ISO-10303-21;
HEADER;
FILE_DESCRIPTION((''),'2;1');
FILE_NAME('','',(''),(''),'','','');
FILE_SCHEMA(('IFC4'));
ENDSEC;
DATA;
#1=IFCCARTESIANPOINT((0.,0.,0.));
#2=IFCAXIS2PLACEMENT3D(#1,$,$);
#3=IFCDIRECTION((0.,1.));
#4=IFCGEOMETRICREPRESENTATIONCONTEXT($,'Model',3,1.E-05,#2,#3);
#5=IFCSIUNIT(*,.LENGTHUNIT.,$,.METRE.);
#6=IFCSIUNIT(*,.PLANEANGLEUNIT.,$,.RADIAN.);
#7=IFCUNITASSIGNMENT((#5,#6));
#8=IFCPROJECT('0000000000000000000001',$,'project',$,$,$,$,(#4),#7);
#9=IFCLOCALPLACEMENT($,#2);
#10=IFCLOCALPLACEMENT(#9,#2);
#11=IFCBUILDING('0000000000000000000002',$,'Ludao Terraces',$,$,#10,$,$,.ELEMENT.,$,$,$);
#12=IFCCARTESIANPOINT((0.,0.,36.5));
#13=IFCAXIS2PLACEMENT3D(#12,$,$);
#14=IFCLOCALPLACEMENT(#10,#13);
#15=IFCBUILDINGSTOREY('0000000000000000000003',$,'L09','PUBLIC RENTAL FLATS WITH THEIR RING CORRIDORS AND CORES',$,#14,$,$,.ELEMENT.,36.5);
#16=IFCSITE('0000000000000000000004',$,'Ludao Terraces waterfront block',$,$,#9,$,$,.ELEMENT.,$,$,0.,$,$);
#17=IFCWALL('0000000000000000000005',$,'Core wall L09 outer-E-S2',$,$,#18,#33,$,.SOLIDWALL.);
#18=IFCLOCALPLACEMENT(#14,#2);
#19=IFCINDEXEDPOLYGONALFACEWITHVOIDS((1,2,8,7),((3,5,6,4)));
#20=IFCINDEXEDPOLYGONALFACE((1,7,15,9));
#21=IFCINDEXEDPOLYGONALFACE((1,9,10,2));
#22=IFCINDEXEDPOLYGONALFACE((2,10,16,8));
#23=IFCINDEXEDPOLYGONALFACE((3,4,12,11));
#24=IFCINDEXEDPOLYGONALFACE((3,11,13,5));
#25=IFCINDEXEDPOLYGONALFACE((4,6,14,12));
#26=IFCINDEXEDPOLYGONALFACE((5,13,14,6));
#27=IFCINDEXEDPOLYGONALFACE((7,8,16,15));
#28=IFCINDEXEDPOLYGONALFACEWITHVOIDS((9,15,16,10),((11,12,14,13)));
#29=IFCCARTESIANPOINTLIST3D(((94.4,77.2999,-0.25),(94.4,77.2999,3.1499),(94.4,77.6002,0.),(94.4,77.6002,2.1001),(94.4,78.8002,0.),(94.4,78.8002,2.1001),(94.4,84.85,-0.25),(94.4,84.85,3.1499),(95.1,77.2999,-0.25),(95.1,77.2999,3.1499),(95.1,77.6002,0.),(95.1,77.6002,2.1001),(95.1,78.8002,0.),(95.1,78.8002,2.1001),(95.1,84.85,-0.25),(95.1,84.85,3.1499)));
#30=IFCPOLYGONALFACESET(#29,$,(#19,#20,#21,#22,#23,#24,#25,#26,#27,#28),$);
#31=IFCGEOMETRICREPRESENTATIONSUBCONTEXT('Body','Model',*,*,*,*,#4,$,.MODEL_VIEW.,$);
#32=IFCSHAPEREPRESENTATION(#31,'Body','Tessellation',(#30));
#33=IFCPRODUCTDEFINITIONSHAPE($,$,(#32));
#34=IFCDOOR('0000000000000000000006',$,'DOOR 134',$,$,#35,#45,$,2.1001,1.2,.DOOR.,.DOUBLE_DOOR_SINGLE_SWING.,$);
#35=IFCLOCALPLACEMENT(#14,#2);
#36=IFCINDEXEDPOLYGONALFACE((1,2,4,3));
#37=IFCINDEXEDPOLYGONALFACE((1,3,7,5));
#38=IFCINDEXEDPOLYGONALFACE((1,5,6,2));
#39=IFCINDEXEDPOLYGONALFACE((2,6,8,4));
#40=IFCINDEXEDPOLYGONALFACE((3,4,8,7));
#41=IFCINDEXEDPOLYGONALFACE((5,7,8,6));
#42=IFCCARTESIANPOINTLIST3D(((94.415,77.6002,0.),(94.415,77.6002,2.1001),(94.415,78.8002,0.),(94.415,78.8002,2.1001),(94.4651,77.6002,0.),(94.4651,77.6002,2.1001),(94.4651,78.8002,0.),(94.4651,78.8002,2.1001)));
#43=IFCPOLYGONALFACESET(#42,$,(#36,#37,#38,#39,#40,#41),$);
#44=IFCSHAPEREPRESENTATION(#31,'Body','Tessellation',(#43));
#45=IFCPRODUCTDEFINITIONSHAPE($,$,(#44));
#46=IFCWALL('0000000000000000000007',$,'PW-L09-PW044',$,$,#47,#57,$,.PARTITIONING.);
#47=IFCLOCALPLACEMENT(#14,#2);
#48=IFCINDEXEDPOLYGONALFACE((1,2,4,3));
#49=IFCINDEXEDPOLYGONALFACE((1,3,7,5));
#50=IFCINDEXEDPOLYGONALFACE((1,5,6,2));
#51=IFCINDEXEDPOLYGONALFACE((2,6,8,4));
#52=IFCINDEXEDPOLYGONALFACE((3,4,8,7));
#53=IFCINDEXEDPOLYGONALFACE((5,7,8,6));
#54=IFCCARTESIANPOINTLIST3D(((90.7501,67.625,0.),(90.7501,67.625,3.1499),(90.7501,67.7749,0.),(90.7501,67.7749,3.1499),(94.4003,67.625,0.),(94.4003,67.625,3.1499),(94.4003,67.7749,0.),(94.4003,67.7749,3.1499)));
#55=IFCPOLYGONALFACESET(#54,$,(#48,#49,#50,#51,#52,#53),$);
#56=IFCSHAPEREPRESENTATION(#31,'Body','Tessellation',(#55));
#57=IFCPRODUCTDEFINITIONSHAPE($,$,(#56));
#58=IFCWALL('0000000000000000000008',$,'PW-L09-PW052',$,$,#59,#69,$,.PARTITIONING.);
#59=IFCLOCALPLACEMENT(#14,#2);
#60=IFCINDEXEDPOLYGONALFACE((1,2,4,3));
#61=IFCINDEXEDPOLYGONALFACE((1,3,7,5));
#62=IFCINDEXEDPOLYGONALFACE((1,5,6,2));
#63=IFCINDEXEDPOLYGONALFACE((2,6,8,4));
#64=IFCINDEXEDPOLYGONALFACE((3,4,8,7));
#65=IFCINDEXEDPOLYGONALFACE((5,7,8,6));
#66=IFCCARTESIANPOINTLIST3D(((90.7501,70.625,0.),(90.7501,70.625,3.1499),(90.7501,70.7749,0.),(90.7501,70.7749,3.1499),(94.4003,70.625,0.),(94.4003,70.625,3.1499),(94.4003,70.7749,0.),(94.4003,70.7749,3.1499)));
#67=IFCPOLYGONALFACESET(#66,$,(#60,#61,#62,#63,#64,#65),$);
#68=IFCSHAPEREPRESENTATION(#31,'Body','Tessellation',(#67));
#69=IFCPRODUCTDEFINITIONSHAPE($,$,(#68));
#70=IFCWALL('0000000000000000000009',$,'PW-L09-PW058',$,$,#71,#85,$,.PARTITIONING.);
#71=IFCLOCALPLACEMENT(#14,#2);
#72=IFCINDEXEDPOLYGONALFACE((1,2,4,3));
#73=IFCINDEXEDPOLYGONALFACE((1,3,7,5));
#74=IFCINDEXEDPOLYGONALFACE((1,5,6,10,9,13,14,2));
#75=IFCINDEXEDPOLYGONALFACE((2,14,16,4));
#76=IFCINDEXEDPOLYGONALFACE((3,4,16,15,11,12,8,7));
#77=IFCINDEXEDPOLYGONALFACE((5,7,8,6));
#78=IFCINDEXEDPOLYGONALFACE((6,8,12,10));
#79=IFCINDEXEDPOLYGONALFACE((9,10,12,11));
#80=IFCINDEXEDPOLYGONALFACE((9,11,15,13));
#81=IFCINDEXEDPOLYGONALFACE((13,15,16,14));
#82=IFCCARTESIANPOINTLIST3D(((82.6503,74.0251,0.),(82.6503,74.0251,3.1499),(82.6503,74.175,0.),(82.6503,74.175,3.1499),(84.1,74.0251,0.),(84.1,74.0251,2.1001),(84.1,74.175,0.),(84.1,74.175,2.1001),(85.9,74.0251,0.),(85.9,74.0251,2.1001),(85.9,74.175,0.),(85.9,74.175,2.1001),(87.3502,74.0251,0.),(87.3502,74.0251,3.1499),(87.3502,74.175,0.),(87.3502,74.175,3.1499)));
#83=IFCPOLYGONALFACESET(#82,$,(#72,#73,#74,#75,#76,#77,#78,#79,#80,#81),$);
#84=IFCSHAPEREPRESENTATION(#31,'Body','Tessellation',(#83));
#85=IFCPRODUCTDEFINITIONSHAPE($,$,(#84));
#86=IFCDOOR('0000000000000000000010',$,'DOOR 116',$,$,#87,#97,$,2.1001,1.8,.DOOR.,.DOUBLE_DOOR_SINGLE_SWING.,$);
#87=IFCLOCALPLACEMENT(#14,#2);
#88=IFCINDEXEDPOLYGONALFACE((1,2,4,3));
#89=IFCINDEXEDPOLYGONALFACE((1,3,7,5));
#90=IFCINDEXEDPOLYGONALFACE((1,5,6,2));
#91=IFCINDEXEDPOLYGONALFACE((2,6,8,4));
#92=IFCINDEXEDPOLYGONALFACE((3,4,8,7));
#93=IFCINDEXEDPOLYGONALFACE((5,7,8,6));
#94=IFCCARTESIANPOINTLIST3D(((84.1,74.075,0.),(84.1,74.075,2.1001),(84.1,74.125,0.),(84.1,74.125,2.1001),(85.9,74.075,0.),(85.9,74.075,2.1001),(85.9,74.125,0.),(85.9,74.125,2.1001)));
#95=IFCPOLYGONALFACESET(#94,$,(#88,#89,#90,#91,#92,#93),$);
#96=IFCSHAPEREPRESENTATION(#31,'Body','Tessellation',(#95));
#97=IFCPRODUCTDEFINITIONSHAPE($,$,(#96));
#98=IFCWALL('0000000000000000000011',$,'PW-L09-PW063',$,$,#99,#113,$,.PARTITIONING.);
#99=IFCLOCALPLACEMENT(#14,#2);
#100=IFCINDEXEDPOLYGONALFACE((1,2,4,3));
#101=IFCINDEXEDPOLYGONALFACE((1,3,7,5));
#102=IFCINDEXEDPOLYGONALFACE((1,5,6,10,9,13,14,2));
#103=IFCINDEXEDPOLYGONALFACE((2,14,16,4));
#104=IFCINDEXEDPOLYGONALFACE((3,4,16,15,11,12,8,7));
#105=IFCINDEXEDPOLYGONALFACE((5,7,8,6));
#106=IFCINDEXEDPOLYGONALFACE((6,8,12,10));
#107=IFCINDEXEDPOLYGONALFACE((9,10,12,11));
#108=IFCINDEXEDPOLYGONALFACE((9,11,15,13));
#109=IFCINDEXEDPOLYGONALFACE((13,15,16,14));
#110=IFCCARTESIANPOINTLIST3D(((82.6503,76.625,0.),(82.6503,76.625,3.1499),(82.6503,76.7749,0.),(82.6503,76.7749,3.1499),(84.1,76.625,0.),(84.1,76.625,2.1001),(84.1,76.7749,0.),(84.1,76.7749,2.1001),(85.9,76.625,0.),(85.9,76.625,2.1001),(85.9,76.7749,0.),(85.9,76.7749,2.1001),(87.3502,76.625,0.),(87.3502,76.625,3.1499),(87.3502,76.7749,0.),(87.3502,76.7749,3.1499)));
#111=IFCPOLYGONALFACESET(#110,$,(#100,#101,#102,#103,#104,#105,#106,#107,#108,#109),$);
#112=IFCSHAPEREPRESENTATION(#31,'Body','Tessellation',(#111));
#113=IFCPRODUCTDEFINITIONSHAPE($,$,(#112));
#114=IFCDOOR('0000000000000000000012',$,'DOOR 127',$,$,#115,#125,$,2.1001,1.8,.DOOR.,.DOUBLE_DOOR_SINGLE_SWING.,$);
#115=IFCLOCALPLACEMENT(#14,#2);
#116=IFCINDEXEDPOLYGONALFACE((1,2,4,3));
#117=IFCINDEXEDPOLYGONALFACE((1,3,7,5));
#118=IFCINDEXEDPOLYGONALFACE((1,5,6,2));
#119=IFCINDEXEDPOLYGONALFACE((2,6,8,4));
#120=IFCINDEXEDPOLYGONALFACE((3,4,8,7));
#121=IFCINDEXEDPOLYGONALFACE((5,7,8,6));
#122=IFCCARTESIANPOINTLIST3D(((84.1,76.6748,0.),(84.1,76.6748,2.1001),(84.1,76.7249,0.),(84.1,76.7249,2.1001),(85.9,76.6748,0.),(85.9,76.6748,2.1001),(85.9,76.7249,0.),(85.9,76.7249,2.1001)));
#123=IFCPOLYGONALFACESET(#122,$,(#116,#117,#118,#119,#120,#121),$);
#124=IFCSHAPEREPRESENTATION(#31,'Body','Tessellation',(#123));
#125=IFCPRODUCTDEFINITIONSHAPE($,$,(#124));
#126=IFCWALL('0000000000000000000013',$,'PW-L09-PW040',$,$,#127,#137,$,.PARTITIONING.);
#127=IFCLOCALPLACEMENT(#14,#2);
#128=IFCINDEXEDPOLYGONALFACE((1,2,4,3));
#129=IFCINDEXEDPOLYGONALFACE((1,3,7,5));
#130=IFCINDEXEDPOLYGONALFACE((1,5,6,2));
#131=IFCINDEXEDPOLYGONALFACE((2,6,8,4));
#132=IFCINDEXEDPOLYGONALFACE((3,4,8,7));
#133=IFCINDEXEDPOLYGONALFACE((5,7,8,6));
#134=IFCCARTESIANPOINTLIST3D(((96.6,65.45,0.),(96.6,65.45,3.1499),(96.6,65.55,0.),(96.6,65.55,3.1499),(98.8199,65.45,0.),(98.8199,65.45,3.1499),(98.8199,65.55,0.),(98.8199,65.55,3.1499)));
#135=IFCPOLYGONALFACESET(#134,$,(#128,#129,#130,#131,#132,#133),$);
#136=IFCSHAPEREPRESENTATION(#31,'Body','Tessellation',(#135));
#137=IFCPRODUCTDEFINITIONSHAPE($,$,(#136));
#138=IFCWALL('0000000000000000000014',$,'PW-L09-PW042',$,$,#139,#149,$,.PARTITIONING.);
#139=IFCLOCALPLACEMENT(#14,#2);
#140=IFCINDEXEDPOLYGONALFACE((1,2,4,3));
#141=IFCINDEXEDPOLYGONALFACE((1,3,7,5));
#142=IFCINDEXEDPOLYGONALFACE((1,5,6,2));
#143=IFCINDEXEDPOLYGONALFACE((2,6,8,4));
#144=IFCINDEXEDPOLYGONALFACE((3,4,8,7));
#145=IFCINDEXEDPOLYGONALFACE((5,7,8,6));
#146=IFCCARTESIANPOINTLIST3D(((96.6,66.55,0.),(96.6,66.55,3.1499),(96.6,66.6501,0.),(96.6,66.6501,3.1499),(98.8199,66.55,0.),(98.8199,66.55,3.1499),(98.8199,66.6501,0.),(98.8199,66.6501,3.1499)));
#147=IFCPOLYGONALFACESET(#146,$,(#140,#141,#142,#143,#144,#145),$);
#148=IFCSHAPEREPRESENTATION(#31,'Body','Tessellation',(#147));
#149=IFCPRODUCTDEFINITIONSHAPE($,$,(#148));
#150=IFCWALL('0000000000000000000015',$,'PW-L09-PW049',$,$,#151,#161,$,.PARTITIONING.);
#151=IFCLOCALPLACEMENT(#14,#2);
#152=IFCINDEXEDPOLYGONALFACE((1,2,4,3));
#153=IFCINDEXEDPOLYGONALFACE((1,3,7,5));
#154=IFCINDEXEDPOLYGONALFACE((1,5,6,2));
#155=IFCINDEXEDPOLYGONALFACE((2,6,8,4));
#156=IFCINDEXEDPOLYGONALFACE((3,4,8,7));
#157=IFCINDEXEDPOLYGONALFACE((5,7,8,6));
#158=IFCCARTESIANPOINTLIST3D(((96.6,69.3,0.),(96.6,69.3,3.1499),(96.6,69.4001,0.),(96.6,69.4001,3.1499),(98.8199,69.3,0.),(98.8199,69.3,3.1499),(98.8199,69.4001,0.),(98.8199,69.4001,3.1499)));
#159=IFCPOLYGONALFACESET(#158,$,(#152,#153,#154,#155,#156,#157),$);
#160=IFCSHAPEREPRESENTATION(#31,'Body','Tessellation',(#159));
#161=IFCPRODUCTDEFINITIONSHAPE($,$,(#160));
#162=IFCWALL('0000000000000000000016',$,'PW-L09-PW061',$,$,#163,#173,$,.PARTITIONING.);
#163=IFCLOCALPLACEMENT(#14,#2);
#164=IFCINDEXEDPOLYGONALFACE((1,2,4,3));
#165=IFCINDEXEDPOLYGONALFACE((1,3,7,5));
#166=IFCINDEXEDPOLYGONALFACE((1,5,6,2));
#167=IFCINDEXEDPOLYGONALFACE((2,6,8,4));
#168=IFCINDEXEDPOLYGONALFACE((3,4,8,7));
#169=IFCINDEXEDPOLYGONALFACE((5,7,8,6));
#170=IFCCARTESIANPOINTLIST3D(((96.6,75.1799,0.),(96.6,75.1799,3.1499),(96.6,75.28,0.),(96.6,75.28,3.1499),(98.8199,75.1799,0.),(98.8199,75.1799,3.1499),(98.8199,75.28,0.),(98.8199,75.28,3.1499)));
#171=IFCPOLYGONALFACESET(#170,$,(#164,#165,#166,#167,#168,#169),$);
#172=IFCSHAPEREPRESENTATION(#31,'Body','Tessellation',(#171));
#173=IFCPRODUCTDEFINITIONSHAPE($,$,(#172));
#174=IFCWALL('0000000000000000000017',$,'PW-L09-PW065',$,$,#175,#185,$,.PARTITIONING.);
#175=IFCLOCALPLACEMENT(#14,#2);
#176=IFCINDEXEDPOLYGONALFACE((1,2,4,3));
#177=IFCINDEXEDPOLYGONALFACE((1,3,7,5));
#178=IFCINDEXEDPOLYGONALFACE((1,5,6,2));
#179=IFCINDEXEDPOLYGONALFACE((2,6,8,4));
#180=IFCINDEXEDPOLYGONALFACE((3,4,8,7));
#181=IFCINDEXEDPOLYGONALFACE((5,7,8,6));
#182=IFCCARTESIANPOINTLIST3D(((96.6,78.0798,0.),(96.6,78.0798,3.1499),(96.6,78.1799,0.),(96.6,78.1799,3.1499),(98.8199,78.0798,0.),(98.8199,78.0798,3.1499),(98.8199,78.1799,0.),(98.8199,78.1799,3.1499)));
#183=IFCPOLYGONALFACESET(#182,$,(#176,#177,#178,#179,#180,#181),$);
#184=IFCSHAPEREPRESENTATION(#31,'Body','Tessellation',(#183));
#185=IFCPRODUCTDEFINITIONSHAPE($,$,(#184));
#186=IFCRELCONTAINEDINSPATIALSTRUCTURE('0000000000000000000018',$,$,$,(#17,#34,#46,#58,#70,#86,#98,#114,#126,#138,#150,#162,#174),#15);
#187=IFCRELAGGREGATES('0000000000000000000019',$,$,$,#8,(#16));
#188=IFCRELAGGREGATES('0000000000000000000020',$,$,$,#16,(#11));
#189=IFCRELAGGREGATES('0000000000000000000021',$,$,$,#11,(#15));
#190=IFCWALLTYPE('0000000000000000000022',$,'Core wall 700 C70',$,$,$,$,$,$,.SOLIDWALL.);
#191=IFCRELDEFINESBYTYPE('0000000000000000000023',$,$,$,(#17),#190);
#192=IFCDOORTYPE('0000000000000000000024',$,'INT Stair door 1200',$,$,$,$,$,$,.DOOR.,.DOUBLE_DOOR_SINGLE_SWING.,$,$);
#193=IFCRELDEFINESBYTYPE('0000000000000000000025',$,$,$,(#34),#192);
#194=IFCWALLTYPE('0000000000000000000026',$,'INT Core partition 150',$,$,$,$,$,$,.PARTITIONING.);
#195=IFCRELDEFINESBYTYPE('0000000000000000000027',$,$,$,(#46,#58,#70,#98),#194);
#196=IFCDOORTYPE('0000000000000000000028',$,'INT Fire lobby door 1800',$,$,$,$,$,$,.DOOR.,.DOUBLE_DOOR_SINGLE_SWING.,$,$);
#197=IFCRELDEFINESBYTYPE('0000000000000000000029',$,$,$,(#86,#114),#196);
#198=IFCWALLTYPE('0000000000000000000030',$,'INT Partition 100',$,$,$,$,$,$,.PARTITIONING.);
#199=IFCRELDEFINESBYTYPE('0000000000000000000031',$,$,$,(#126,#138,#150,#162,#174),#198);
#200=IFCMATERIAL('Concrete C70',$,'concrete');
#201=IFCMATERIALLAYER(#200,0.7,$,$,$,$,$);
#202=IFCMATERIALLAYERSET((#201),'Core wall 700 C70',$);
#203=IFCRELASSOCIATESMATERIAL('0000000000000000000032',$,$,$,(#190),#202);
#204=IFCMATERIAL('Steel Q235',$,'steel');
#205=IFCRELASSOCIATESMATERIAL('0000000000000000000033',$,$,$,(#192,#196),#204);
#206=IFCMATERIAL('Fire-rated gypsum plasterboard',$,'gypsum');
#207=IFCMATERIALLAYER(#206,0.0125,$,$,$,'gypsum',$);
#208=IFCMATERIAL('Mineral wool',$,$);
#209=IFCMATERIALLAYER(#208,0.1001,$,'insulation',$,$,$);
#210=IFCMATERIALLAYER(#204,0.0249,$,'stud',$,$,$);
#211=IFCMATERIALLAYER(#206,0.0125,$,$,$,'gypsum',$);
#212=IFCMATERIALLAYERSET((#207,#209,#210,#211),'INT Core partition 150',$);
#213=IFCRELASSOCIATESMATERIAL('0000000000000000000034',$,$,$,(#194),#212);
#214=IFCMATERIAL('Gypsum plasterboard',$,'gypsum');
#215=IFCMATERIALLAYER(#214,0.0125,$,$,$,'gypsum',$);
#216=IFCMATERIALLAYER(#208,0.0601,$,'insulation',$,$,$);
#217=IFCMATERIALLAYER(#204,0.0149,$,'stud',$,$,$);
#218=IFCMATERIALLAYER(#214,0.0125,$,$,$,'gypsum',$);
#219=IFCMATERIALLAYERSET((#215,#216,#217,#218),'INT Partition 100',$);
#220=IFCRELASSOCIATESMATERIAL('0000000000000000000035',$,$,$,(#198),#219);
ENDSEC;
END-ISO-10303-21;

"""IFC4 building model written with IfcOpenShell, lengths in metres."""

from ifc_helpers import new_model, si_unit, direction, frame, frame_2d, origin, place, context, subcontext, project, spatial, rectangle, extrude, material, layer, layer_set, type_object, element, fill, save


model = new_model("IFC4")

# Units and contexts
model_context = context("Model", 3, precision=1e-05, world=origin(), true_north=direction((0.0, 1.0)))
body_context = subcontext(model_context, "Body", "Model", "MODEL_VIEW")
ifc_project = project(units=[si_unit("LENGTHUNIT", "METRE"), si_unit("PLANEANGLEUNIT", "RADIAN")], contexts=[model_context])

# Site, building, storey
site_placement = place(None, origin())
site = spatial("IfcSite", under=ifc_project, at=site_placement, Name="Ludao Terraces waterfront block", CompositionType="ELEMENT", RefElevation=0.0)
building_placement = place(site_placement, origin())
building = spatial("IfcBuilding", under=site, at=building_placement, Name="Ludao Terraces", CompositionType="ELEMENT")
storey_placement = place(building_placement, frame((0.0, 0.0, 36.5)))
storey = spatial("IfcBuildingStorey", under=building, at=storey_placement, Name="L09", Description="PUBLIC RENTAL FLATS WITH THEIR RING CORRIDORS AND CORES", CompositionType="ELEMENT", Elevation=36.5)

# Wall, opening, door
ifc_material_1 = material(Name="Concrete C70", Category="concrete")
ifc_layer_1 = layer(ifc_material_1, 0.7)
ifc_layer_set_1 = layer_set([ifc_layer_1], Name="Core wall 700 C70")
wall_type_1 = type_object("IfcWallType", Name="Core wall 700 C70", PredefinedType="SOLIDWALL", material=ifc_layer_set_1)
wall_1_placement = place(storey_placement, frame((94.75, 77.3, -0.25), z_axis=(0.0, 0.0, 1.0), x_axis=(0.0, 1.0, 0.0)))
wall_1 = element("IfcWall", 1, at=wall_1_placement, inside=storey, type_object=wall_type_1, Name="Core wall L09 outer-E-S2", PredefinedType="SOLIDWALL", context=body_context, shape_type="SweptSolid", body=[
    extrude(rectangle(XDim=7.55, YDim=0.7, at=frame_2d((3.7749, 0.0))), origin(), (0.0, 0.0, 1.0), 3.3999),
])
opening_1_placement = place(wall_1_placement, frame((0.3, 0.0, 0.25)))
opening_1 = element("IfcOpeningElement", 2, at=opening_1_placement, cuts=wall_1, PredefinedType="OPENING", context=body_context, shape_type="SweptSolid", body=[
    extrude(rectangle(XDim=1.2, YDim=2.1001, at=frame_2d((0.6001, 1.05))), frame((0.0, 0.3599, 0.0), z_axis=(0.0, -1.0, 0.0), x_axis=(1.0, 0.0, 0.0)), (0.0, 0.0, 1.0), 0.72),
])
ifc_material_2 = material(Name="Steel Q235", Category="steel")
door_type_1 = type_object("IfcDoorType", Name="INT Stair door 1200", OperationType="DOUBLE_DOOR_SINGLE_SWING", PredefinedType="DOOR", material=ifc_material_2)
door_1_placement = place(opening_1_placement, origin())
door_1 = element("IfcDoor", 3, at=door_1_placement, inside=storey, type_object=door_type_1, Name="DOOR 134", OperationType="DOUBLE_DOOR_SINGLE_SWING", OverallHeight=2.1001, OverallWidth=1.2, PredefinedType="DOOR", context=body_context, shape_type="SweptSolid", body=[
    extrude(rectangle(XDim=1.2, YDim=2.1001, at=frame_2d((0.6001, 1.05))), frame((0.0, 0.335, 0.0), z_axis=(0.0, -1.0, 0.0), x_axis=(1.0, 0.0, 0.0)), (0.0, 0.0, 1.0), 0.05),
])
fill(opening_1, door_1)

# Walls
ifc_material_3 = material(Name="Fire-rated gypsum plasterboard", Category="gypsum")
ifc_layer_2 = layer(ifc_material_3, 0.0125, Category="gypsum")
ifc_material_4 = material(Name="Mineral wool")
ifc_layer_3 = layer(ifc_material_4, 0.1001, Name="insulation")
ifc_layer_4 = layer(ifc_material_2, 0.0249, Name="stud")
ifc_layer_5 = layer(ifc_material_3, 0.0125, Category="gypsum")
ifc_layer_set_2 = layer_set([ifc_layer_2, ifc_layer_3, ifc_layer_4, ifc_layer_5], Name="INT Core partition 150")
wall_type_2 = type_object("IfcWallType", Name="INT Core partition 150", PredefinedType="PARTITIONING", material=ifc_layer_set_2)
for number, where, z_axis, x_axis, name in (
    (4, (90.75, 67.7, 0.0), (0.0, 0.0, 1.0), (1.0, 0.0, 0.0), "PW-L09-PW044"),
    (5, (90.75, 70.7, 0.0), (0.0, 0.0, 1.0), (1.0, 0.0, 0.0), "PW-L09-PW052"),
):
    element("IfcWall", number, at=place(storey_placement, frame(where, z_axis=z_axis, x_axis=x_axis)), inside=storey, type_object=wall_type_2, Name=name, PredefinedType="PARTITIONING", context=body_context, shape_type="SweptSolid", body=[
        extrude(rectangle(XDim=3.6501, YDim=0.1499, at=frame_2d((1.8252, 0.0))), origin(), (0.0, 0.0, 1.0), 3.1499),
    ])

# Walls, openings, doors
wall_2_placement = place(storey_placement, frame((82.6501, 74.1001, 0.0), z_axis=(0.0, 0.0, 1.0), x_axis=(1.0, 0.0, 0.0)))
wall_2 = element("IfcWall", 6, at=wall_2_placement, inside=storey, type_object=wall_type_2, Name="PW-L09-PW058", PredefinedType="PARTITIONING", context=body_context, shape_type="SweptSolid", body=[
    extrude(rectangle(XDim=4.7, YDim=0.1499, at=frame_2d((2.3501, 0.0))), origin(), (0.0, 0.0, 1.0), 3.1499),
])
opening_2_placement = place(wall_2_placement, frame((1.45, 0.0, 0.0)))
opening_2 = element("IfcOpeningElement", 7, at=opening_2_placement, cuts=wall_2, PredefinedType="OPENING", context=body_context, shape_type="SweptSolid", body=[
    extrude(rectangle(XDim=1.8, YDim=2.1001, at=frame_2d((0.8999, 1.05))), frame((0.0, 0.085, 0.0), z_axis=(0.0, -1.0, 0.0), x_axis=(1.0, 0.0, 0.0)), (0.0, 0.0, 1.0), 0.1699),
])
door_type_2 = type_object("IfcDoorType", Name="INT Fire lobby door 1800", OperationType="DOUBLE_DOOR_SINGLE_SWING", PredefinedType="DOOR", material=ifc_material_2)
door_2_placement = place(opening_2_placement, origin())
door_2 = element("IfcDoor", 8, at=door_2_placement, inside=storey, type_object=door_type_2, Name="DOOR 116", OperationType="DOUBLE_DOOR_SINGLE_SWING", OverallHeight=2.1001, OverallWidth=1.8, PredefinedType="DOOR", context=body_context, shape_type="SweptSolid", body=[
    extrude(rectangle(XDim=1.8, YDim=2.1001, at=frame_2d((0.8999, 1.05))), frame((0.0, 0.0249, 0.0), z_axis=(0.0, -1.0, 0.0), x_axis=(1.0, 0.0, 0.0)), (0.0, 0.0, 1.0), 0.05),
])
fill(opening_2, door_2)
wall_3_placement = place(storey_placement, frame((82.6501, 76.7, 0.0), z_axis=(0.0, 0.0, 1.0), x_axis=(1.0, 0.0, 0.0)))
wall_3 = element("IfcWall", 9, at=wall_3_placement, inside=storey, type_object=wall_type_2, Name="PW-L09-PW063", PredefinedType="PARTITIONING", context=body_context, shape_type="SweptSolid", body=[
    extrude(rectangle(XDim=4.7, YDim=0.1499, at=frame_2d((2.3501, 0.0))), origin(), (0.0, 0.0, 1.0), 3.1499),
])
opening_3_placement = place(wall_3_placement, frame((1.45, 0.0, 0.0)))
opening_3 = element("IfcOpeningElement", 10, at=opening_3_placement, cuts=wall_3, PredefinedType="OPENING", context=body_context, shape_type="SweptSolid", body=[
    extrude(rectangle(XDim=1.8, YDim=2.1001, at=frame_2d((0.8999, 1.05))), frame((0.0, 0.085, 0.0), z_axis=(0.0, -1.0, 0.0), x_axis=(1.0, 0.0, 0.0)), (0.0, 0.0, 1.0), 0.1699),
])
door_3_placement = place(opening_3_placement, origin())
door_3 = element("IfcDoor", 11, at=door_3_placement, inside=storey, type_object=door_type_2, Name="DOOR 127", OperationType="DOUBLE_DOOR_SINGLE_SWING", OverallHeight=2.1001, OverallWidth=1.8, PredefinedType="DOOR", context=body_context, shape_type="SweptSolid", body=[
    extrude(rectangle(XDim=1.8, YDim=2.1001, at=frame_2d((0.8999, 1.05))), frame((0.0, 0.0249, 0.0), z_axis=(0.0, -1.0, 0.0), x_axis=(1.0, 0.0, 0.0)), (0.0, 0.0, 1.0), 0.05),
])
fill(opening_3, door_3)

# Walls
ifc_material_5 = material(Name="Gypsum plasterboard", Category="gypsum")
ifc_layer_6 = layer(ifc_material_5, 0.0125, Category="gypsum")
ifc_layer_7 = layer(ifc_material_4, 0.0601, Name="insulation")
ifc_layer_8 = layer(ifc_material_2, 0.0149, Name="stud")
ifc_layer_9 = layer(ifc_material_5, 0.0125, Category="gypsum")
ifc_layer_set_3 = layer_set([ifc_layer_6, ifc_layer_7, ifc_layer_8, ifc_layer_9], Name="INT Partition 100")
wall_type_3 = type_object("IfcWallType", Name="INT Partition 100", PredefinedType="PARTITIONING", material=ifc_layer_set_3)
for number, where, z_axis, x_axis, name in (
    (12, (96.6001, 65.5, 0.0), (0.0, 0.0, 1.0), (1.0, 0.0, 0.0), "PW-L09-PW040"),
    (13, (96.6001, 66.6001, 0.0), (0.0, 0.0, 1.0), (1.0, 0.0, 0.0), "PW-L09-PW042"),
    (14, (96.6001, 69.3501, 0.0), (0.0, 0.0, 1.0), (1.0, 0.0, 0.0), "PW-L09-PW049"),
    (15, (96.6001, 75.23, 0.0), (0.0, 0.0, 1.0), (1.0, 0.0, 0.0), "PW-L09-PW061"),
    (16, (96.6001, 78.1299, 0.0), (0.0, 0.0, 1.0), (1.0, 0.0, 0.0), "PW-L09-PW065"),
):
    element("IfcWall", number, at=place(storey_placement, frame(where, z_axis=z_axis, x_axis=x_axis)), inside=storey, type_object=wall_type_3, Name=name, PredefinedType="PARTITIONING", context=body_context, shape_type="SweptSolid", body=[
        extrude(rectangle(XDim=2.22, YDim=0.1001, at=frame_2d((1.1099, 0.0))), origin(), (0.0, 0.0, 1.0), 3.1499),
    ])

save(model, "model.ifc")
